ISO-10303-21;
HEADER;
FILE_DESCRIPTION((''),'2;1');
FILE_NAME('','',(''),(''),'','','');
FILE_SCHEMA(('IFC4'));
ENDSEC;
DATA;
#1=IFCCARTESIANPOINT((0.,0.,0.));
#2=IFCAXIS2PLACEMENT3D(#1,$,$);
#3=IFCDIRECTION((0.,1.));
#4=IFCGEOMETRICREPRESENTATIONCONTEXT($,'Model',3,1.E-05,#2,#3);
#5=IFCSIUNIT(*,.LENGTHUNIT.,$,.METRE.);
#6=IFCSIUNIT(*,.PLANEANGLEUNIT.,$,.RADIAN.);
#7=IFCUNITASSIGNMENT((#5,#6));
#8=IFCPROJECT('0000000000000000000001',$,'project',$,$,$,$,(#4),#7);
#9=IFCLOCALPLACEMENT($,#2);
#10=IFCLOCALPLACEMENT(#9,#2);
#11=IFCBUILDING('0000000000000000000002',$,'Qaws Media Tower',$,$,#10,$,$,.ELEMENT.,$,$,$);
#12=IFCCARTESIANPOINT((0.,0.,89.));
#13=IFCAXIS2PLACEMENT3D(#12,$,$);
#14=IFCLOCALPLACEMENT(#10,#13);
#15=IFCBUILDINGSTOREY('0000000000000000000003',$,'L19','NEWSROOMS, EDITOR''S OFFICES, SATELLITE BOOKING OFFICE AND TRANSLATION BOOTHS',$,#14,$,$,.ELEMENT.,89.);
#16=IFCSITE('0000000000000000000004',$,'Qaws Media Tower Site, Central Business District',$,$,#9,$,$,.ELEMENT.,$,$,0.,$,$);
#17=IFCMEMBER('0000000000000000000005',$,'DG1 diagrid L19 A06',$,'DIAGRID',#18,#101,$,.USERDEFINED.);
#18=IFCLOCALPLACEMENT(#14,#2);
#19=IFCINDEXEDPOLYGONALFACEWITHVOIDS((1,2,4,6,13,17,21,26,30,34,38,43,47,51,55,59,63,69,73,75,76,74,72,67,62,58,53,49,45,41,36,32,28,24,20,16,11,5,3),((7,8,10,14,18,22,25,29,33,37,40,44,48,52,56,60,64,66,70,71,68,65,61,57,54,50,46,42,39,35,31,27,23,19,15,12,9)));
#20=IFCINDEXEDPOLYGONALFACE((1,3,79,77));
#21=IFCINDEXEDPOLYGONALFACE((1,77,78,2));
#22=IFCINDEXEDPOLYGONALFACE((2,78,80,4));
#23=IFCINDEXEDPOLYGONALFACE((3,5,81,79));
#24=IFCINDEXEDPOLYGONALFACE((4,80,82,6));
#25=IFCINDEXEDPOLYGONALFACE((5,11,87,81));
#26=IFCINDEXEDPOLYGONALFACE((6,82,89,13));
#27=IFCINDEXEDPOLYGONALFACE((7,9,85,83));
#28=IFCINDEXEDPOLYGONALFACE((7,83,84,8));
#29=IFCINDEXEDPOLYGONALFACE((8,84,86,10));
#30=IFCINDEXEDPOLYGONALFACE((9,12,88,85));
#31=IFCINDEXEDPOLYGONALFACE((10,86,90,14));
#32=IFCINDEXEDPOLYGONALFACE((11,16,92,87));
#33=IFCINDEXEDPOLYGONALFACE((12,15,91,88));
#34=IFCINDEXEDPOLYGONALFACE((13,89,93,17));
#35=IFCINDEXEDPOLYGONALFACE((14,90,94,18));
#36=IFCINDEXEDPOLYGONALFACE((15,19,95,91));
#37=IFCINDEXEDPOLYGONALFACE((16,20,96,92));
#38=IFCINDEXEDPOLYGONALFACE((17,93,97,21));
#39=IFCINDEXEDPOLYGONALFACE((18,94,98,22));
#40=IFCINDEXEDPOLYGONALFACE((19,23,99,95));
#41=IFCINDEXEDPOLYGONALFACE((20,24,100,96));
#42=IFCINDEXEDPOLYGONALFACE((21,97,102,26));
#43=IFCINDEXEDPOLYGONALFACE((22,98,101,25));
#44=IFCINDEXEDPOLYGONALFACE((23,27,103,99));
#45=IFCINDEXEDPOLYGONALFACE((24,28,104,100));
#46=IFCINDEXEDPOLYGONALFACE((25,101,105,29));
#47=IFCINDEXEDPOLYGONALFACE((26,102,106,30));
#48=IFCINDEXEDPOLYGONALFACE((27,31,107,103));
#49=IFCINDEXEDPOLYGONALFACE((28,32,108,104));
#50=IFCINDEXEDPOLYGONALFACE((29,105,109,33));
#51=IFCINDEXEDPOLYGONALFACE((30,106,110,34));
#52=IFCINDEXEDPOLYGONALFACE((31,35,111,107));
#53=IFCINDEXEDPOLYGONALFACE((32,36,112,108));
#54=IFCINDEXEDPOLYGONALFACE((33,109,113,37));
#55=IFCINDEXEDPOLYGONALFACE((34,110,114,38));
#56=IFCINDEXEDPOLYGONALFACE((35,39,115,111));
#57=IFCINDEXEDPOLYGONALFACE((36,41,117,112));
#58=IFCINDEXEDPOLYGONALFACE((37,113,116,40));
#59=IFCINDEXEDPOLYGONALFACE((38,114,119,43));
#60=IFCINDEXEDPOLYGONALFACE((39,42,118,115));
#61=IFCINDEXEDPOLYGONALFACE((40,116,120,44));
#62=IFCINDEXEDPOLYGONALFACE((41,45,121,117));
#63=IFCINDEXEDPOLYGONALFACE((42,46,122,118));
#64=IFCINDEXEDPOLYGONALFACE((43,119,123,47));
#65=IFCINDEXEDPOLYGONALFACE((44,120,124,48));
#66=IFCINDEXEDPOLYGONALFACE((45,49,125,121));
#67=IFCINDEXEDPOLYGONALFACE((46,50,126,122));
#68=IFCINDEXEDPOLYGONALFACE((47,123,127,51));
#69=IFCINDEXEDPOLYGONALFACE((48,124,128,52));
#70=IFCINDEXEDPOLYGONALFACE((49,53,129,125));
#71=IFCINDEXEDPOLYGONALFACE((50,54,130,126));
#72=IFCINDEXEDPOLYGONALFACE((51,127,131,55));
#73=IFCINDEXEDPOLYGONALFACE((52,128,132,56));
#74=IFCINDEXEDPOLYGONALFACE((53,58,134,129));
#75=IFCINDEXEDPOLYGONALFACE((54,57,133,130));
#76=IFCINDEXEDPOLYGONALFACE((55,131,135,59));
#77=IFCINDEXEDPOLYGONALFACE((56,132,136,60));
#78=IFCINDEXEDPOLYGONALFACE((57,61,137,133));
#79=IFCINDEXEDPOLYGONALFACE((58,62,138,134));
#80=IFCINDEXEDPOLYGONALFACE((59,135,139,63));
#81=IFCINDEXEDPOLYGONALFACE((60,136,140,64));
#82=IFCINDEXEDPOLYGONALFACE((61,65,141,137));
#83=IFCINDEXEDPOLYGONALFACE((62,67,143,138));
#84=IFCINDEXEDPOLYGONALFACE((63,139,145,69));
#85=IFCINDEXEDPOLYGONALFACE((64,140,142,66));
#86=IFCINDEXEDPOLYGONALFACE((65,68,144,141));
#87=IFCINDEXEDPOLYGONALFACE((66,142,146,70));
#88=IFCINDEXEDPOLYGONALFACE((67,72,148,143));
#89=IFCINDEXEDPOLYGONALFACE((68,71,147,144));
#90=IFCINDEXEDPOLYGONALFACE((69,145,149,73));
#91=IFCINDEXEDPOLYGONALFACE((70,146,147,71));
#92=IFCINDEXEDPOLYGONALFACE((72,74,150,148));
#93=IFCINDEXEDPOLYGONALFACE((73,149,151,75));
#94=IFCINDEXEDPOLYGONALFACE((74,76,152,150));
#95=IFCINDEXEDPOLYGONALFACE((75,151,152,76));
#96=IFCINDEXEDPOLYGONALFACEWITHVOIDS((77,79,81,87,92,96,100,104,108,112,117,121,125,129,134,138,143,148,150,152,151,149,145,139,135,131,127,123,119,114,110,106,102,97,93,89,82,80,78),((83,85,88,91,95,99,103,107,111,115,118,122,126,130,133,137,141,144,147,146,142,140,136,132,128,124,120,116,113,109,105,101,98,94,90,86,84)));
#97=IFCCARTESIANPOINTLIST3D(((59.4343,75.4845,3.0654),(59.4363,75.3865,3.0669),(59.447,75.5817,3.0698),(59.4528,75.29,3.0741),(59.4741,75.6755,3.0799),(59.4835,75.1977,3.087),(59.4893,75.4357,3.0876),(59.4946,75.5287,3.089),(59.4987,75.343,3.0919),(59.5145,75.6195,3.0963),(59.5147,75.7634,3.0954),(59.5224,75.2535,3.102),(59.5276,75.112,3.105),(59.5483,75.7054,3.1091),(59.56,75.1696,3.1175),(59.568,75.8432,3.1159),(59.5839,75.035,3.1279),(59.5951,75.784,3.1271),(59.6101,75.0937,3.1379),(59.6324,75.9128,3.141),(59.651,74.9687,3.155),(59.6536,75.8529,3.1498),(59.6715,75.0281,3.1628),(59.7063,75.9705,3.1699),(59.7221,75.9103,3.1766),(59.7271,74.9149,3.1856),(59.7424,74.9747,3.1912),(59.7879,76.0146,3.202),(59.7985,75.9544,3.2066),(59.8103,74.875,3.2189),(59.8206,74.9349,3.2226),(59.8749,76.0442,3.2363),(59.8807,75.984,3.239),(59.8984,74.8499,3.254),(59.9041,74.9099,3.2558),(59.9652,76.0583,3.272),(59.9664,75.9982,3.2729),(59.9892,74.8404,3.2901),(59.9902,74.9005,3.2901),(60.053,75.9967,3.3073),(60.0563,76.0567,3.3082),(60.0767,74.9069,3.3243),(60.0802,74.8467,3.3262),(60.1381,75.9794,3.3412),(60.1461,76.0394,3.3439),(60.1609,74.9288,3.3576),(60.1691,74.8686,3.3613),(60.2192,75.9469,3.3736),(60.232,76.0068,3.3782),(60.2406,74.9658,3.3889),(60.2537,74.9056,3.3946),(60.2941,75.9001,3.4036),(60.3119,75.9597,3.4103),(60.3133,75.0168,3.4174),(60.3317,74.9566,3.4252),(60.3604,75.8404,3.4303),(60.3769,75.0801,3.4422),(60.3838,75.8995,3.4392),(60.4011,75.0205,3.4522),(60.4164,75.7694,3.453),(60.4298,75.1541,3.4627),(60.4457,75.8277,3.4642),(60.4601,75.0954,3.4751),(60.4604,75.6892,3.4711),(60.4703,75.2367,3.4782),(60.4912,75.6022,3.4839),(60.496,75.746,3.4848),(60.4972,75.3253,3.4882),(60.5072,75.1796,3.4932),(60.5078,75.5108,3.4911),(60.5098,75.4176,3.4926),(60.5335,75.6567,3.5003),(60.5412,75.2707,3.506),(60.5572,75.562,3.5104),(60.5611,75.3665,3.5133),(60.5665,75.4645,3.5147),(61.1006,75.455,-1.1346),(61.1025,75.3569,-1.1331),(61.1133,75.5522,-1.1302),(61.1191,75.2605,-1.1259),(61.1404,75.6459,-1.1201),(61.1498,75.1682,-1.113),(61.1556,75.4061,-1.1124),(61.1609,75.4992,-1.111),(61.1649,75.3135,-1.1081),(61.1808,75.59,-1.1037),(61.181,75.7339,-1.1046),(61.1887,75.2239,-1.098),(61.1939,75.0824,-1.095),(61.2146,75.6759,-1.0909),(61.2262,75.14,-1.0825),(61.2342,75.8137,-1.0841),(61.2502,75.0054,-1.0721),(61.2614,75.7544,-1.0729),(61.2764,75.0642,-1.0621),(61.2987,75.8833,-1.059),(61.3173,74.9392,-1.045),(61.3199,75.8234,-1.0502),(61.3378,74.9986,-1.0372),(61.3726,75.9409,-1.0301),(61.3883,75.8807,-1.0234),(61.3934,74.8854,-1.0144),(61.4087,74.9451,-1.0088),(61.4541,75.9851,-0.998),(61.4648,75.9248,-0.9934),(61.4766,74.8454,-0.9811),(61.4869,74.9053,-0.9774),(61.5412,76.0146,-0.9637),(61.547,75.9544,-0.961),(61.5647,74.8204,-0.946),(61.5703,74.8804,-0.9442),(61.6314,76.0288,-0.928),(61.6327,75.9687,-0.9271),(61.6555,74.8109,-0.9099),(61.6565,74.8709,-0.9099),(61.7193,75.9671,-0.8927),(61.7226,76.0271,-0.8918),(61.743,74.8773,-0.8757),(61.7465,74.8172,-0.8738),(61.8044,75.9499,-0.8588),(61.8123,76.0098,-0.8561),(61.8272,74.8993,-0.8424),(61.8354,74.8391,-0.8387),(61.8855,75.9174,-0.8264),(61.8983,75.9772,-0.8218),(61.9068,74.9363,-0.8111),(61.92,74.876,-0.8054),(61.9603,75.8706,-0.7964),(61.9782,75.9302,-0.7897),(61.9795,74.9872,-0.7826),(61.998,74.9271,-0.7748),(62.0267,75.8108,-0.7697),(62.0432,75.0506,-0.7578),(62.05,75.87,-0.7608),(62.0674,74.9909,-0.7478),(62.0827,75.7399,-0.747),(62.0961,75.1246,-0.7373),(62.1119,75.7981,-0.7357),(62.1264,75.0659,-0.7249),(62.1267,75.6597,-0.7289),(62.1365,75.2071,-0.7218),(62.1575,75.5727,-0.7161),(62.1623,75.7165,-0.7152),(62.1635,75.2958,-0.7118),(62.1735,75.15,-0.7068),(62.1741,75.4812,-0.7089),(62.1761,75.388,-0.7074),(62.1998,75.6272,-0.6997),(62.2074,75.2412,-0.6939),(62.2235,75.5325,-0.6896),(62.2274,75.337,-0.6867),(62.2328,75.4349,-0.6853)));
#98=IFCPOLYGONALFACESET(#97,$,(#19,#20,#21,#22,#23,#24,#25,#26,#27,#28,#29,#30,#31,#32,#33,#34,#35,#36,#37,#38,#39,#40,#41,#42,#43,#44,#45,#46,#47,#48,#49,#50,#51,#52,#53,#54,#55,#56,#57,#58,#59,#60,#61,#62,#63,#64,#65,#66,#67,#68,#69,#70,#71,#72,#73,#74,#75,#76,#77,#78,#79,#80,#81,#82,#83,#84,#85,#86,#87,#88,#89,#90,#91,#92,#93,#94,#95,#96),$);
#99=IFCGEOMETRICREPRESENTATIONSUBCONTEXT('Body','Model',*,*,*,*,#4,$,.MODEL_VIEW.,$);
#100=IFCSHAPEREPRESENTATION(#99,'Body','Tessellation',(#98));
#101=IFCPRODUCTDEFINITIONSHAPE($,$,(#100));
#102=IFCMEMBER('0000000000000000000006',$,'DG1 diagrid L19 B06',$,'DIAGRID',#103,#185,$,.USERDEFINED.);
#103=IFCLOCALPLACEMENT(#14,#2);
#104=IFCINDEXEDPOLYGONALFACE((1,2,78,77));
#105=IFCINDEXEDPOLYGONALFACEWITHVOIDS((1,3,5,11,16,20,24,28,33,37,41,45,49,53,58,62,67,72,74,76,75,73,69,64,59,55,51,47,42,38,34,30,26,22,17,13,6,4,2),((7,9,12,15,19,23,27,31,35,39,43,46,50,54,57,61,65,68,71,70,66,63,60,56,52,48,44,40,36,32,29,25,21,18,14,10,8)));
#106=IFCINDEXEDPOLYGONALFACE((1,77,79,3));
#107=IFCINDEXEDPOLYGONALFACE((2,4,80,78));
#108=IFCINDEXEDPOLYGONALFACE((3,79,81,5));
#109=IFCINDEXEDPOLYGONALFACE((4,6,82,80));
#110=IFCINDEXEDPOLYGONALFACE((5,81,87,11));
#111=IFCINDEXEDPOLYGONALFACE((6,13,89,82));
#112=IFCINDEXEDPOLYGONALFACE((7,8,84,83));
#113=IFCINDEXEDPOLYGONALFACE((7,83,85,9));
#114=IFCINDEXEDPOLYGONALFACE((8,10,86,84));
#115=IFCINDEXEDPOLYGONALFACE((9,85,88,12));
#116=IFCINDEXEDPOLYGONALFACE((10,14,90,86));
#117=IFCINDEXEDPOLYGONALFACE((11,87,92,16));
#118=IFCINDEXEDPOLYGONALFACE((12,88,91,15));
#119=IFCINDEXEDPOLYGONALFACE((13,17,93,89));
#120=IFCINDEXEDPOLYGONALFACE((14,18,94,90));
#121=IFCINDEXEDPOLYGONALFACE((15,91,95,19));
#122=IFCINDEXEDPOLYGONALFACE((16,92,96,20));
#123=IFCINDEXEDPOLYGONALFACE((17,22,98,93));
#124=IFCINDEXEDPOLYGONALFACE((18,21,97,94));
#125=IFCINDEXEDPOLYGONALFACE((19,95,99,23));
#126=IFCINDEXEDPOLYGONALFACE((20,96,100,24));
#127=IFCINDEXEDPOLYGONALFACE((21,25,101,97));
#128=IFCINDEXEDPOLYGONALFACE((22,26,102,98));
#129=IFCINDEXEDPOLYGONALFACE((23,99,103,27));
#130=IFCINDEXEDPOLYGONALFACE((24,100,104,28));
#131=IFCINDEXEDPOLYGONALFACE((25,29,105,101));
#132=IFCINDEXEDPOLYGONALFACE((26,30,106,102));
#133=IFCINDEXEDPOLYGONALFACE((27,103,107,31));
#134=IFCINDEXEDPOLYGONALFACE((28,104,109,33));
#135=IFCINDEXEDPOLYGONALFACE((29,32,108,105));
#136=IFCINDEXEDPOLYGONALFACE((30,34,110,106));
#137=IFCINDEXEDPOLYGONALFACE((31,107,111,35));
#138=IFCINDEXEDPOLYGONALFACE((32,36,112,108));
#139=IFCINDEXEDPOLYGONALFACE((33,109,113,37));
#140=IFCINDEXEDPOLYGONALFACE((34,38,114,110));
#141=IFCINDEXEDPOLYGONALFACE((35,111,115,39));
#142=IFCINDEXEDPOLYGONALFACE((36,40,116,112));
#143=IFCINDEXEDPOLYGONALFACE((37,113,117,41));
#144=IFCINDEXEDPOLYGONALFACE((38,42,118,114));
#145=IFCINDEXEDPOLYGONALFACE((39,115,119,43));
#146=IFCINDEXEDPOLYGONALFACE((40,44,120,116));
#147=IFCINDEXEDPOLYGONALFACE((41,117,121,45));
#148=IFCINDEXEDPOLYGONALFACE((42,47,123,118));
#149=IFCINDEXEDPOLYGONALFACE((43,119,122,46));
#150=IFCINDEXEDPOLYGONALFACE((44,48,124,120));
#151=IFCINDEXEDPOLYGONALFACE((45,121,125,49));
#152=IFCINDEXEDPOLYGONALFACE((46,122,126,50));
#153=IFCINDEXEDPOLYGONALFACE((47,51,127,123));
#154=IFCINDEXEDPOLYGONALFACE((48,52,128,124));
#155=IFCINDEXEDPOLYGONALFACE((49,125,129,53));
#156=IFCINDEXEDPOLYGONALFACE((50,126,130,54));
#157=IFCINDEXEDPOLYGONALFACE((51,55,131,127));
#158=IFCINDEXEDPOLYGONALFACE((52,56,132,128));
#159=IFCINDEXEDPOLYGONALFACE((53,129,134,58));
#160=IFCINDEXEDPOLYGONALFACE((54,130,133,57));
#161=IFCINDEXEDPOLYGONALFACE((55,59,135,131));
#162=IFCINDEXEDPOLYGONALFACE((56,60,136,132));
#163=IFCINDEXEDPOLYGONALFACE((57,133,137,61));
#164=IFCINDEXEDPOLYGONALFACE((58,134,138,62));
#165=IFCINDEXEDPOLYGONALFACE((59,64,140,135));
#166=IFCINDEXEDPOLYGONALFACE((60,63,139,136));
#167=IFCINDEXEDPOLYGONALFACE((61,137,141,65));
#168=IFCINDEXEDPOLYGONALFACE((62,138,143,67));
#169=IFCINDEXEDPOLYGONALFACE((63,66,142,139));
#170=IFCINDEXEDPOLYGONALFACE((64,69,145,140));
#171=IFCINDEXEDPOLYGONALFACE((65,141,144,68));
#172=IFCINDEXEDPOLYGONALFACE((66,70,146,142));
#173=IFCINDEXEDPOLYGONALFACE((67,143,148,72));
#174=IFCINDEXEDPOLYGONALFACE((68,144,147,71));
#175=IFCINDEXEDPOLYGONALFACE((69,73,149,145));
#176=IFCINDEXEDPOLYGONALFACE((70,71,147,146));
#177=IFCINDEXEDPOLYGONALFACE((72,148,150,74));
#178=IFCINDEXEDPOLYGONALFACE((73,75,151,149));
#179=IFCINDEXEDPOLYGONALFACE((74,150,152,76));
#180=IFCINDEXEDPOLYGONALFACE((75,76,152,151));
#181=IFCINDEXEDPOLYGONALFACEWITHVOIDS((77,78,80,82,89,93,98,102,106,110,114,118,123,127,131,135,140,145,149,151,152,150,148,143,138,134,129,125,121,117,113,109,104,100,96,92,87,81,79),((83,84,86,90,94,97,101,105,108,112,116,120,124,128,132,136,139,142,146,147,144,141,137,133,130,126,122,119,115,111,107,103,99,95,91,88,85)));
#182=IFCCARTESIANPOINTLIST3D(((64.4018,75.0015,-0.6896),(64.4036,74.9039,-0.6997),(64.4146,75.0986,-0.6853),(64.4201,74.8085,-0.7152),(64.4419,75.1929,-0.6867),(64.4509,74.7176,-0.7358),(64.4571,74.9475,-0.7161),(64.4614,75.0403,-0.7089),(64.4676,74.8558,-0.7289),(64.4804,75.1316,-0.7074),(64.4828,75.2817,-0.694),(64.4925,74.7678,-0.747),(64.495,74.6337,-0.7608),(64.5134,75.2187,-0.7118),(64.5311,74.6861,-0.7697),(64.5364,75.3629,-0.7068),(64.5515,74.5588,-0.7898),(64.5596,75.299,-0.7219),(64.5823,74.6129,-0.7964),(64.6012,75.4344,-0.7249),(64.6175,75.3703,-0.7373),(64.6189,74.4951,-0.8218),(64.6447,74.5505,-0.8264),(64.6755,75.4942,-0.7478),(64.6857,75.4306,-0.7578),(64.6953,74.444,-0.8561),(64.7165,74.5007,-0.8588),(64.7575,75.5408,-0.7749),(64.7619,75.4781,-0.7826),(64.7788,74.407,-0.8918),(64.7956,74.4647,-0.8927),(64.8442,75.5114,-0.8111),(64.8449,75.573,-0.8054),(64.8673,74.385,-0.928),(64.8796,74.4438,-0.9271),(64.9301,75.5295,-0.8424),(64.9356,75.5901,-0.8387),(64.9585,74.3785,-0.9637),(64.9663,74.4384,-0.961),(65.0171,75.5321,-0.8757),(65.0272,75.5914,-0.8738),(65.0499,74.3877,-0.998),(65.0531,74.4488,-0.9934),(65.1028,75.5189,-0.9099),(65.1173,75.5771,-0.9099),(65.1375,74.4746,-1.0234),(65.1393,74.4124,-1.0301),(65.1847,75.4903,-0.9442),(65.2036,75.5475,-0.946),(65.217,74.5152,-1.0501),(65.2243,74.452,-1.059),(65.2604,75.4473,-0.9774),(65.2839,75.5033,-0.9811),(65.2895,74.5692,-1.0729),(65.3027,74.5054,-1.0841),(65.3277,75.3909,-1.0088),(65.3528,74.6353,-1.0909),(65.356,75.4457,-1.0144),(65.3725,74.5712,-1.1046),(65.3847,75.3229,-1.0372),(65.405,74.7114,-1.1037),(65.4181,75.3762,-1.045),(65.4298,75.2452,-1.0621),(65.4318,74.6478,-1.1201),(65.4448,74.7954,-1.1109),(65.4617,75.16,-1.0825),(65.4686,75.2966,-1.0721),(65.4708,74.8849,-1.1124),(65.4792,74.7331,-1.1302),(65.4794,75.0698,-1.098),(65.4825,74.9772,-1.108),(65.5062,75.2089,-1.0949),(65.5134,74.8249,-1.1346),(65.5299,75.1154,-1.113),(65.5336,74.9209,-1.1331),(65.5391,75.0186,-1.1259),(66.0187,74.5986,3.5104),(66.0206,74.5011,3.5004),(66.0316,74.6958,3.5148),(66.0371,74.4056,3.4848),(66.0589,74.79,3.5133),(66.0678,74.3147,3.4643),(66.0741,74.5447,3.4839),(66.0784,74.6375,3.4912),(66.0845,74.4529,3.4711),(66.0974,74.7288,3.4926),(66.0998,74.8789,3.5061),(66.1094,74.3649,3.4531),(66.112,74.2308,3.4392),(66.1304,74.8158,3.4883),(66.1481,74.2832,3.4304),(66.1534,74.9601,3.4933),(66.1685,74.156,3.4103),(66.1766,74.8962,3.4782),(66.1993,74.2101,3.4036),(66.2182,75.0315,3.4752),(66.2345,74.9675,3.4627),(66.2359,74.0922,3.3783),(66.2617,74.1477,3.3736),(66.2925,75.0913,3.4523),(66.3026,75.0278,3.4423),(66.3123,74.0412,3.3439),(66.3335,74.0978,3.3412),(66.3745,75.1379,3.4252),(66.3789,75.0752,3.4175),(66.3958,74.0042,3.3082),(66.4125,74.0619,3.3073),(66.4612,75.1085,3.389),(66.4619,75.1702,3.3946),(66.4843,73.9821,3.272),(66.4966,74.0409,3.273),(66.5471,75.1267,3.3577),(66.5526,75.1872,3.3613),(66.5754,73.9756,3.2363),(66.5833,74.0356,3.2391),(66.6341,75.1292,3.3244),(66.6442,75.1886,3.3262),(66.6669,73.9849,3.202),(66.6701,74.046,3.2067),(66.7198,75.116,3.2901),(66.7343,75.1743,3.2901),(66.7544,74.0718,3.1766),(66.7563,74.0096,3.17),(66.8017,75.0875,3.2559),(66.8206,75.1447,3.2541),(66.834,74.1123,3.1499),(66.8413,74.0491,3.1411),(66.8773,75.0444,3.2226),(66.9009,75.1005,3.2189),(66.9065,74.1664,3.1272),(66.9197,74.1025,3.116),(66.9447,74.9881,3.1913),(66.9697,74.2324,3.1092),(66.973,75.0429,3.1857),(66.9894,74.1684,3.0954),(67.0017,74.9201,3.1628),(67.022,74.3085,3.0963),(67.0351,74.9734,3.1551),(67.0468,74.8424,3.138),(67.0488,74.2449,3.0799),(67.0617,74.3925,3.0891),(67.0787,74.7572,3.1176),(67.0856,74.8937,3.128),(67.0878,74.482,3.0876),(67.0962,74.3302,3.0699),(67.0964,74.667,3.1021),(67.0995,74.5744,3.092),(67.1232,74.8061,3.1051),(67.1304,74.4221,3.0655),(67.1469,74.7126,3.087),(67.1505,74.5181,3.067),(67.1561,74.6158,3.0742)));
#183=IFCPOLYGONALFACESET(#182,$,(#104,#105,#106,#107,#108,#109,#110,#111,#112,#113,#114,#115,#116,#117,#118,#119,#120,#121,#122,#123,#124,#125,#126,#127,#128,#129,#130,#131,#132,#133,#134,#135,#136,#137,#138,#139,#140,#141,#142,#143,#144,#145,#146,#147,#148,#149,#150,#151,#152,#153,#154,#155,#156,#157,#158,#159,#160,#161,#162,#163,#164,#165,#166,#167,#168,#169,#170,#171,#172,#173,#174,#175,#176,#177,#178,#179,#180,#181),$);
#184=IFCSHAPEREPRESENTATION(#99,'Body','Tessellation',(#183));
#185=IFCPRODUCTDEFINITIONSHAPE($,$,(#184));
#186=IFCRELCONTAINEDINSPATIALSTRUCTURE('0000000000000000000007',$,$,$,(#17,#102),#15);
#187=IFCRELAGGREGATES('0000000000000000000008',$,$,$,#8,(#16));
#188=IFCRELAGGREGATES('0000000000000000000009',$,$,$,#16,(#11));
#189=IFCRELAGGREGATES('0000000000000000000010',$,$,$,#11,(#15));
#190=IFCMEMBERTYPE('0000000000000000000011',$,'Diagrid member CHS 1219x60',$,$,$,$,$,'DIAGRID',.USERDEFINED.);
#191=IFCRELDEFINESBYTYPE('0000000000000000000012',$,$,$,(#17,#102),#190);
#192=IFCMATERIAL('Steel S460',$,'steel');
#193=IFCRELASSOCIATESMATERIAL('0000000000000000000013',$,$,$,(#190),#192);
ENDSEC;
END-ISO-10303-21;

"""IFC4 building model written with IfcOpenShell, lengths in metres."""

from ifc_helpers import new_model, si_unit, direction, frame, origin, origin_2d, place, context, subcontext, project, spatial, hollow_circle, extrude, material, material_profile, profile_set, type_object, element, save


model = new_model("IFC4")

# Units and contexts
model_context = context("Model", 3, precision=1e-05, world=origin(), true_north=direction((0.0, 1.0)))
body_context = subcontext(model_context, "Body", "Model", "MODEL_VIEW")
ifc_project = project(units=[si_unit("LENGTHUNIT", "METRE"), si_unit("PLANEANGLEUNIT", "RADIAN")], contexts=[model_context])

# Site, building, storey
site_placement = place(None, origin())
site = spatial("IfcSite", under=ifc_project, at=site_placement, Name="Qaws Media Tower Site, Central Business District", CompositionType="ELEMENT", RefElevation=0.0)
building_placement = place(site_placement, origin())
building = spatial("IfcBuilding", under=site, at=building_placement, Name="Qaws Media Tower", CompositionType="ELEMENT")
storey_placement = place(building_placement, frame((0.0, 0.0, 89.0)))
storey = spatial("IfcBuildingStorey", under=building, at=storey_placement, Name="L19", Description="NEWSROOMS, EDITOR'S OFFICES, SATELLITE BOOKING OFFICE AND TRANSLATION BOOTHS", CompositionType="ELEMENT", Elevation=89.0)

# Members
ifc_material_1 = material(Name="Steel S460", Category="steel")
ifc_material_profile_1 = material_profile(ifc_material_1, hollow_circle(Radius=0.6096, WallThickness=0.0601, at=origin_2d()), Name="CHS 1219x60")
ifc_profile_set_1 = profile_set([ifc_material_profile_1], Name="Steel S460")
member_type_1 = type_object("IfcMemberType", Name="Diagrid member CHS 1219x60", ElementType="DIAGRID", PredefinedType="USERDEFINED", material=ifc_profile_set_1)
for number, where, z_axis, x_axis, name in (
    (1, (61.6663, 75.4204, -0.9099), (-0.368764, 0.006538, 0.9295), (-0.017726, -0.999843, 0.0), "DG1 diagrid L19 A06"),
    (2, (64.97, 74.9856, -0.9099), (0.357854, -0.089153, 0.929512), (0.241743, 0.97034, 0.0), "DG1 diagrid L19 B06"),
):
    element("IfcMember", number, at=place(storey_placement, frame(where, z_axis=z_axis, x_axis=x_axis)), inside=storey, type_object=member_type_1, Name=name, ObjectType="DIAGRID", PredefinedType="USERDEFINED", context=body_context, shape_type="SweptSolid", body=[
        extrude(hollow_circle(Radius=0.6096, WallThickness=0.0601, at=origin_2d()), origin(), (0.0, 0.0, 1.0), 4.5186),
    ])

save(model, "model.ifc")
